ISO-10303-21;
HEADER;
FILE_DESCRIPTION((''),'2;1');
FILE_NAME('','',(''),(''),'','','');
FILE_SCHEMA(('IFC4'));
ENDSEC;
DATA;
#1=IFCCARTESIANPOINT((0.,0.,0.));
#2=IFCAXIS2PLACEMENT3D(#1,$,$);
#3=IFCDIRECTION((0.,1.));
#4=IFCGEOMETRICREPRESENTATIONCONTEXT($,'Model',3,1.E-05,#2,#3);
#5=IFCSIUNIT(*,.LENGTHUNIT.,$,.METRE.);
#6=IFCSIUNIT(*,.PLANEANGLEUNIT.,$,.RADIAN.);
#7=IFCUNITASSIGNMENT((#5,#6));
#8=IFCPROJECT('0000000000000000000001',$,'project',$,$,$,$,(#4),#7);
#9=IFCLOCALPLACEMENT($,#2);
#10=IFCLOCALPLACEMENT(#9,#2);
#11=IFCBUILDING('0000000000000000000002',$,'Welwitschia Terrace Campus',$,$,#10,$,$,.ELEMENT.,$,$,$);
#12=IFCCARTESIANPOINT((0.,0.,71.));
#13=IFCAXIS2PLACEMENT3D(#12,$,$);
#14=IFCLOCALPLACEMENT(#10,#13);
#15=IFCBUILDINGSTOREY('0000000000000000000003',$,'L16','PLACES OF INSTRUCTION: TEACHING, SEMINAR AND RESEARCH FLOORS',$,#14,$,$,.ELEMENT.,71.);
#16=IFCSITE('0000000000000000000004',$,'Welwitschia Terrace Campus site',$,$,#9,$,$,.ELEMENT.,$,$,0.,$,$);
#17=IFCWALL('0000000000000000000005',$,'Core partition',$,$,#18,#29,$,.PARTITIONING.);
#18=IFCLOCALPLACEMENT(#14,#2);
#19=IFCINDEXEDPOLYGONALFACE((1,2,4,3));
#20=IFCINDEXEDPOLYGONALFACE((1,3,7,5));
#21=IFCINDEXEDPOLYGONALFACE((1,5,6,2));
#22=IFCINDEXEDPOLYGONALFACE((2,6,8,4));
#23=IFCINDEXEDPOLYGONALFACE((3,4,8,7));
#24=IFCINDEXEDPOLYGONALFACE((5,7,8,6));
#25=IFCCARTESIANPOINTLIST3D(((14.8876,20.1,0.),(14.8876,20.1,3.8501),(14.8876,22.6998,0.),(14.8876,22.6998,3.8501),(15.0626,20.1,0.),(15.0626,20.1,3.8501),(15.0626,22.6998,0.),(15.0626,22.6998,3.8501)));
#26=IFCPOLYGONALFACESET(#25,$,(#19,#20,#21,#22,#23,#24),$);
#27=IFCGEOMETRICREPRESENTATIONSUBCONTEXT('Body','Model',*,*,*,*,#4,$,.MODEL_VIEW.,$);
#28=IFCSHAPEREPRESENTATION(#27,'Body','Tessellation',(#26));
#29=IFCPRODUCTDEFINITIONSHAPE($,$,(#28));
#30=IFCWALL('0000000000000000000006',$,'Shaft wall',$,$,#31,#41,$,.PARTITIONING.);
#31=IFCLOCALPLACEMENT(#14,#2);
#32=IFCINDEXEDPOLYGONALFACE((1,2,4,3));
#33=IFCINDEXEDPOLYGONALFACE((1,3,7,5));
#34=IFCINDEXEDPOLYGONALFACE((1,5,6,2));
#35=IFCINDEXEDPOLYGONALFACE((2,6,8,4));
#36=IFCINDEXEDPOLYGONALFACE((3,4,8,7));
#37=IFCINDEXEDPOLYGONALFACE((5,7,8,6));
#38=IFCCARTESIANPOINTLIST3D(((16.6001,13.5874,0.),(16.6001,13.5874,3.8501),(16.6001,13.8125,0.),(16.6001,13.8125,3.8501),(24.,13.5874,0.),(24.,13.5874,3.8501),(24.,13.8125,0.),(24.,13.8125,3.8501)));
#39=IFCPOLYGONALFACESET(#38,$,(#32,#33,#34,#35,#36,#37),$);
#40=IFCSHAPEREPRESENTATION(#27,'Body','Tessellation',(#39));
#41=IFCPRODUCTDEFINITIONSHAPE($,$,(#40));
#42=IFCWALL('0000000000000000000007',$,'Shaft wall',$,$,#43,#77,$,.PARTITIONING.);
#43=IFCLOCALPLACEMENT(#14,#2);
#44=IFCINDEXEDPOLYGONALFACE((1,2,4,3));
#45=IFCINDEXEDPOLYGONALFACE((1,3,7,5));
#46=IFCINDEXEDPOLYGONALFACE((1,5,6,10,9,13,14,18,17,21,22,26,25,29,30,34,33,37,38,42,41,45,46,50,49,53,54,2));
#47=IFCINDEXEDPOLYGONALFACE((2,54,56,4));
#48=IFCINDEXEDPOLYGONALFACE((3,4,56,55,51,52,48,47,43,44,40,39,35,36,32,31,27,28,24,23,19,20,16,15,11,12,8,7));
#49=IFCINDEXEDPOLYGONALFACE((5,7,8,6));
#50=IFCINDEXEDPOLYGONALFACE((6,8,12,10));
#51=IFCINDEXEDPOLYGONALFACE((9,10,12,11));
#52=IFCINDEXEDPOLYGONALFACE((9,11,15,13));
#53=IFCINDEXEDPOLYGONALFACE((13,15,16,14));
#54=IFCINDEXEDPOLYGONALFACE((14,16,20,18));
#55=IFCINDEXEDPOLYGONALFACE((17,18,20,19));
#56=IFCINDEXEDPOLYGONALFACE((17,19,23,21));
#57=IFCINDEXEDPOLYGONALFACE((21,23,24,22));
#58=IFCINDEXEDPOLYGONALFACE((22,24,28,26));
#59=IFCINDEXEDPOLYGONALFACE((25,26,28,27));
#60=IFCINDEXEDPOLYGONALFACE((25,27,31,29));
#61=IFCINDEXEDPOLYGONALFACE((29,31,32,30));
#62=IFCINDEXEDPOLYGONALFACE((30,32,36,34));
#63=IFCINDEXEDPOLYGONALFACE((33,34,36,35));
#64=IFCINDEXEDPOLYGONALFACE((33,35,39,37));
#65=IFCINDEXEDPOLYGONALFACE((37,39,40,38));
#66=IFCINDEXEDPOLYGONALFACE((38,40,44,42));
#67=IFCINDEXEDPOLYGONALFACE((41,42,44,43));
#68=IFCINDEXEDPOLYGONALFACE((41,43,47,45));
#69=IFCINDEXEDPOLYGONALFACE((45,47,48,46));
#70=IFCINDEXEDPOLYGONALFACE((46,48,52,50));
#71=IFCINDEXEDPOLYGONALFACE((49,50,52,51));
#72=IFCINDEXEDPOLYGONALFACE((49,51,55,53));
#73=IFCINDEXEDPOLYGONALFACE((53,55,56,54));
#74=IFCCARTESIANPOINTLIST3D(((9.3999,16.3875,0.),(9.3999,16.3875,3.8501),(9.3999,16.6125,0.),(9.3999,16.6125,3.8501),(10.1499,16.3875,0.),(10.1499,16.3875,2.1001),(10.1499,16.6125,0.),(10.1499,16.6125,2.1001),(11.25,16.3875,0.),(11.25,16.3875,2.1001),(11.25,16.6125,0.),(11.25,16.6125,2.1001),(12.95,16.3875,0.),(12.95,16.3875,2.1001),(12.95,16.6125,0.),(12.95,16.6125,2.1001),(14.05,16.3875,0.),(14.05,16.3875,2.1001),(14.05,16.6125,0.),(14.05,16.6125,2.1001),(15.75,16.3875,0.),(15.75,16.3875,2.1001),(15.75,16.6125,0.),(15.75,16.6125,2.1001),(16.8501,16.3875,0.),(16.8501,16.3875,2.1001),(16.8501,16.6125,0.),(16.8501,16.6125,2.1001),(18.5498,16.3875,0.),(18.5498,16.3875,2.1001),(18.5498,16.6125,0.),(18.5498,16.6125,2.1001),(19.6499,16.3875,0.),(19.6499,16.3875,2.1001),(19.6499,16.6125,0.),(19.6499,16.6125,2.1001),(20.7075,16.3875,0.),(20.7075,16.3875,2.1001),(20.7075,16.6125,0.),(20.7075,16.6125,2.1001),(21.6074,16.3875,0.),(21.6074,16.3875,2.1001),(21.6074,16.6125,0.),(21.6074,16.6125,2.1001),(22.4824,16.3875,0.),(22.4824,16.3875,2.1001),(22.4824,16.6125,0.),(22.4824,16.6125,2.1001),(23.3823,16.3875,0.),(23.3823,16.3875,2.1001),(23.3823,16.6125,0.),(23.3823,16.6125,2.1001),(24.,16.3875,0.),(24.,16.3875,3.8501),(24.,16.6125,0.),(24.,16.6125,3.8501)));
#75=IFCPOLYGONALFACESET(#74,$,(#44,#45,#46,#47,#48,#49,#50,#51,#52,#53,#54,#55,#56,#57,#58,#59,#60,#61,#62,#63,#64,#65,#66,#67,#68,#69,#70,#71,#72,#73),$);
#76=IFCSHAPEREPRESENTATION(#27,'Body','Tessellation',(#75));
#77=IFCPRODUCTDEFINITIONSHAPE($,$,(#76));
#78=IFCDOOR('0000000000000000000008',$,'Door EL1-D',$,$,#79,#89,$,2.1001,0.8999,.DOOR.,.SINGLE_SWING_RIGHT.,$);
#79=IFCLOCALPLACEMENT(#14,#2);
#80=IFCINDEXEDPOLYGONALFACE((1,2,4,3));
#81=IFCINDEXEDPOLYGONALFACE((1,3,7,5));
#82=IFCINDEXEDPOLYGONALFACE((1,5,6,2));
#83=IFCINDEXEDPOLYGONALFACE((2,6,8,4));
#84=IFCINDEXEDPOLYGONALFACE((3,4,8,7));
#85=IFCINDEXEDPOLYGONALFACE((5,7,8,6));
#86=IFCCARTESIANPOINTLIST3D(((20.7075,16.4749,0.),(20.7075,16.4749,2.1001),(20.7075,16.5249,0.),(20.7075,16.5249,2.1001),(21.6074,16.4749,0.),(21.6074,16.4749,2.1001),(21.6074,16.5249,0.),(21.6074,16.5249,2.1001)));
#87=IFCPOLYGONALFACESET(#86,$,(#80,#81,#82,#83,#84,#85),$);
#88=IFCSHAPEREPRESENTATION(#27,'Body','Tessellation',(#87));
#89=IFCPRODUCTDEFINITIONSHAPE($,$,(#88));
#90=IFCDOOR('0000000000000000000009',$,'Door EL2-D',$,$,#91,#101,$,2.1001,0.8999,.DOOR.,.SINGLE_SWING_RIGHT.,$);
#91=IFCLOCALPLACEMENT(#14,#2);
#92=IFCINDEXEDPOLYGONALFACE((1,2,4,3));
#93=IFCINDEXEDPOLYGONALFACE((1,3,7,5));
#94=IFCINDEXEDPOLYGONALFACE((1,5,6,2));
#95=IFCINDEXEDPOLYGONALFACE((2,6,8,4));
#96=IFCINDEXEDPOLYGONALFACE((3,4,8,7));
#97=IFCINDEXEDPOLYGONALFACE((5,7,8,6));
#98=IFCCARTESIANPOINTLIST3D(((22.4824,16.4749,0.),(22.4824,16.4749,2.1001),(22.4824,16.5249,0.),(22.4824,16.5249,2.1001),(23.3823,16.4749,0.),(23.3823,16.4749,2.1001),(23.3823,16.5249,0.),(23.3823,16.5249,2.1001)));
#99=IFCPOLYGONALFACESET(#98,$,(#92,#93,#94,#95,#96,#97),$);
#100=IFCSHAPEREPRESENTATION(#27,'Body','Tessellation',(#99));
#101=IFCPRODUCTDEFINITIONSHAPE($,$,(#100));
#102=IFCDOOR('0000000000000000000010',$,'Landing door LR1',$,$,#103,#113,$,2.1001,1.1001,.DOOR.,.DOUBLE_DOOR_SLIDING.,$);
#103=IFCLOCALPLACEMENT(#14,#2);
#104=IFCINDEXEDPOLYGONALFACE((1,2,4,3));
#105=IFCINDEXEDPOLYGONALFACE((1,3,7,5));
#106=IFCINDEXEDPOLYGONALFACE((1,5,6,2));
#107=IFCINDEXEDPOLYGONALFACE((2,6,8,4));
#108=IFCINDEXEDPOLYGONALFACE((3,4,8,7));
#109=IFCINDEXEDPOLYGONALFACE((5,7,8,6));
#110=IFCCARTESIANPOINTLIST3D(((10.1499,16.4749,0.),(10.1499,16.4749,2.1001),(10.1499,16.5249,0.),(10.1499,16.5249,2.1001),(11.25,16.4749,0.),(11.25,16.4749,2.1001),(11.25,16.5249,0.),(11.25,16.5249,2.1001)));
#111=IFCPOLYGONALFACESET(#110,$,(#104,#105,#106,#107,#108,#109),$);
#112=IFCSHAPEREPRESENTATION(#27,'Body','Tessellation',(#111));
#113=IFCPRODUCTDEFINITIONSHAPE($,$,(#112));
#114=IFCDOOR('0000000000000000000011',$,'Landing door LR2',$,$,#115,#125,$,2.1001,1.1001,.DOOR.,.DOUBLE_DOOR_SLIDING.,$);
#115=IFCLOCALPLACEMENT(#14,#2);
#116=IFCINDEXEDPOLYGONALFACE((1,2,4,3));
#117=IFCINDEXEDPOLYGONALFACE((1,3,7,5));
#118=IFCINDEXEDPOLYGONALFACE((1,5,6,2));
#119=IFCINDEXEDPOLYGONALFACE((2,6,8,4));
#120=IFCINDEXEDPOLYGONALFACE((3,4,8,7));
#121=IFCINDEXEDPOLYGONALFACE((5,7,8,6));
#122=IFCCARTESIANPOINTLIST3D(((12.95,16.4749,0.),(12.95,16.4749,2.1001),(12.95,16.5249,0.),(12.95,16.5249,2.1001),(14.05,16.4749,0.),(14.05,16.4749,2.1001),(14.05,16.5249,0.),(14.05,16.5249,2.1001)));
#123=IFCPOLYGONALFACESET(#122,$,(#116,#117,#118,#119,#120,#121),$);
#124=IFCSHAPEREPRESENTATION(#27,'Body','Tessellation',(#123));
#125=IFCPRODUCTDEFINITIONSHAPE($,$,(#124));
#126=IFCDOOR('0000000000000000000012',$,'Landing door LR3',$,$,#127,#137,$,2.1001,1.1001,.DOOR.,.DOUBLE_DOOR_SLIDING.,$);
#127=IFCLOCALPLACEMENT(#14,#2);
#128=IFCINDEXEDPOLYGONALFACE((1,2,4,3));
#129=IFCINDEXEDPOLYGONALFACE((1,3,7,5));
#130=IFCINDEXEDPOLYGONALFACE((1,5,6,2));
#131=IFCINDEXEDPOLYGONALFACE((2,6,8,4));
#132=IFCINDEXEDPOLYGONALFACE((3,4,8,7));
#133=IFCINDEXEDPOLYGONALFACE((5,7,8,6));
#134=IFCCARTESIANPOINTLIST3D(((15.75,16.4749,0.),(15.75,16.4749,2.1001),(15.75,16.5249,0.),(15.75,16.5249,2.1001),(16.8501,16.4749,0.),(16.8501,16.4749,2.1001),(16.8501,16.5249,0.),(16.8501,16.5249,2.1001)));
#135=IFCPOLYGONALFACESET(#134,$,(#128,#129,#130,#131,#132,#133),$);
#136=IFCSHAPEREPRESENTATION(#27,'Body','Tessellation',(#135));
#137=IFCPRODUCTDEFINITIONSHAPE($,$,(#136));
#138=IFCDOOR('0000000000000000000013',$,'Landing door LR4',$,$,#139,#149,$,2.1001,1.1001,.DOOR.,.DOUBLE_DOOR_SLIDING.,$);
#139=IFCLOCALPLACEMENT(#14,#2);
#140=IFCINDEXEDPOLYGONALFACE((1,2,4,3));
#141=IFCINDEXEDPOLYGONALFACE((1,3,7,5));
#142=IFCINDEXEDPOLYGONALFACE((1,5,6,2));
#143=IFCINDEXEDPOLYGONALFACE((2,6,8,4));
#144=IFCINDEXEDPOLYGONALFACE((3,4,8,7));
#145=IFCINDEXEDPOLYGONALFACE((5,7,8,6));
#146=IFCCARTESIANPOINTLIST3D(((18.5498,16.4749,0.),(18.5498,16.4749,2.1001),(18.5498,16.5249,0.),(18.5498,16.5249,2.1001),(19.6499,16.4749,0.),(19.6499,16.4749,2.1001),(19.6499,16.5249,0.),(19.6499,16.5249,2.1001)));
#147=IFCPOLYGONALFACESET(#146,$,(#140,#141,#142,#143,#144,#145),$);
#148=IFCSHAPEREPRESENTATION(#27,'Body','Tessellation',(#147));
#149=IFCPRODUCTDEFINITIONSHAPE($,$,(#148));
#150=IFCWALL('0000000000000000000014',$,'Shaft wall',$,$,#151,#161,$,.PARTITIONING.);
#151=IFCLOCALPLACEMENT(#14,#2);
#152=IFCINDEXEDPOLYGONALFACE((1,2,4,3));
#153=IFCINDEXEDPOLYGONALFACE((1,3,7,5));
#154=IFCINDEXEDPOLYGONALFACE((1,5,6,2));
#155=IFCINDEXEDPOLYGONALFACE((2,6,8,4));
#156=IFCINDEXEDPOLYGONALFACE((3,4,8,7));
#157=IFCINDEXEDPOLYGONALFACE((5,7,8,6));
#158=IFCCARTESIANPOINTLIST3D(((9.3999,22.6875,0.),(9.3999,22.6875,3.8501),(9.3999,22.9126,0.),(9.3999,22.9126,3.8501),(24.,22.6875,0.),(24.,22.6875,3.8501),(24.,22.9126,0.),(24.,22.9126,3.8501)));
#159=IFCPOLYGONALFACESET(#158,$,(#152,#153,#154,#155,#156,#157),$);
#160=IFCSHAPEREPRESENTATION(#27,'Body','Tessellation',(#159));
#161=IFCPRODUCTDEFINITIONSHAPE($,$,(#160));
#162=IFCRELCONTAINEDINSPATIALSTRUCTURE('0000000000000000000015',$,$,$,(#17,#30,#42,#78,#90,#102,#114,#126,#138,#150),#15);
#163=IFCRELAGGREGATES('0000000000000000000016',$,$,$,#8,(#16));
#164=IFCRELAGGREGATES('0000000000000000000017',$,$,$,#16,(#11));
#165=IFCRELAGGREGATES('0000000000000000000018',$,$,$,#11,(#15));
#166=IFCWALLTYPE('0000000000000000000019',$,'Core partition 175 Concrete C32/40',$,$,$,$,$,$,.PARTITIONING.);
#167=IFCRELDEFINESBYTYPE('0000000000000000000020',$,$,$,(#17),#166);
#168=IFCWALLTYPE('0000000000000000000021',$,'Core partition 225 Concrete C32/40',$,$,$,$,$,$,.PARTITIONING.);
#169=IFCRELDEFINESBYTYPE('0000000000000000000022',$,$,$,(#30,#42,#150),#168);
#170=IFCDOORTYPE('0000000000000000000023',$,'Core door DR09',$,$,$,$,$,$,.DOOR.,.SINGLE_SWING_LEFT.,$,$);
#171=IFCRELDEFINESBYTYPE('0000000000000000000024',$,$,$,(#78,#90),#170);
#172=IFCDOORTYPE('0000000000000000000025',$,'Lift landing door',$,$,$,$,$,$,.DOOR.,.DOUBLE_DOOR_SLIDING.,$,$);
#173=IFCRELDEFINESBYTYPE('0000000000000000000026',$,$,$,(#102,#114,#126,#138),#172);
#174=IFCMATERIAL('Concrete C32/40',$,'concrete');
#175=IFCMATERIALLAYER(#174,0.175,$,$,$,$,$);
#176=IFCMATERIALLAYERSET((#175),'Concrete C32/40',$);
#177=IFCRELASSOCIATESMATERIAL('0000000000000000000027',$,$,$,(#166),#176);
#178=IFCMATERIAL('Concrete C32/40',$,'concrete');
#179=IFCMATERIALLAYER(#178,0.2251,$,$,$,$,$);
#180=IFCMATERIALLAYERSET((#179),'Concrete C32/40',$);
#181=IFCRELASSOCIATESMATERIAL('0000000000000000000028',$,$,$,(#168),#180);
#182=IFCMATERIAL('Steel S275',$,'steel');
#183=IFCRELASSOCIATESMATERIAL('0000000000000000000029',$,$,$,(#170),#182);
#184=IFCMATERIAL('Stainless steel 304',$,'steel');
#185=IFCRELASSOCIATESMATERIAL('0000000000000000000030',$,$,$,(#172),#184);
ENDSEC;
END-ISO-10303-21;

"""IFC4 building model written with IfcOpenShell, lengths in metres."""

from ifc_helpers import new_model, si_unit, direction, frame, frame_2d, origin, place, context, subcontext, project, spatial, rectangle, extrude, material, layer, layer_set, type_object, element, fill, save


model = new_model("IFC4")

# Units and contexts
model_context = context("Model", 3, precision=1e-05, world=origin(), true_north=direction((0.0, 1.0)))
body_context = subcontext(model_context, "Body", "Model", "MODEL_VIEW")
ifc_project = project(units=[si_unit("LENGTHUNIT", "METRE"), si_unit("PLANEANGLEUNIT", "RADIAN")], contexts=[model_context])

# Site, building, storey
site_placement = place(None, origin())
site = spatial("IfcSite", under=ifc_project, at=site_placement, Name="Welwitschia Terrace Campus site", CompositionType="ELEMENT", RefElevation=0.0)
building_placement = place(site_placement, origin())
building = spatial("IfcBuilding", under=site, at=building_placement, Name="Welwitschia Terrace Campus", CompositionType="ELEMENT")
storey_placement = place(building_placement, frame((0.0, 0.0, 71.0)))
storey = spatial("IfcBuildingStorey", under=building, at=storey_placement, Name="L16", Description="PLACES OF INSTRUCTION: TEACHING, SEMINAR AND RESEARCH FLOORS", CompositionType="ELEMENT", Elevation=71.0)

# Walls
ifc_material_1 = material(Name="Concrete C32/40", Category="concrete")
ifc_layer_1 = layer(ifc_material_1, 0.175)
ifc_layer_set_1 = layer_set([ifc_layer_1], Name="Concrete C32/40")
wall_type_1 = type_object("IfcWallType", Name="Core partition 175 Concrete C32/40", PredefinedType="PARTITIONING", material=ifc_layer_set_1)
wall_1_placement = place(storey_placement, frame((14.9751, 20.1001, 0.0), z_axis=(0.0, 0.0, 1.0), x_axis=(0.0, 1.0, 0.0)))
element("IfcWall", 1, at=wall_1_placement, inside=storey, type_object=wall_type_1, Name="Core partition", PredefinedType="PARTITIONING", context=body_context, shape_type="SweptSolid", body=[
    extrude(rectangle(XDim=2.5999, YDim=0.175, at=frame_2d((1.2998, 0.0))), origin(), (0.0, 0.0, 1.0), 3.8501),
])
ifc_material_2 = material(Name="Concrete C32/40", Category="concrete")
ifc_layer_2 = layer(ifc_material_2, 0.2251)
ifc_layer_set_2 = layer_set([ifc_layer_2], Name="Concrete C32/40")
wall_type_2 = type_object("IfcWallType", Name="Core partition 225 Concrete C32/40", PredefinedType="PARTITIONING", material=ifc_layer_set_2)
wall_2_placement = place(storey_placement, frame((16.6001, 13.7, 0.0), z_axis=(0.0, 0.0, 1.0), x_axis=(1.0, 0.0, 0.0)))
element("IfcWall", 2, at=wall_2_placement, inside=storey, type_object=wall_type_2, Name="Shaft wall", PredefinedType="PARTITIONING", context=body_context, shape_type="SweptSolid", body=[
    extrude(rectangle(XDim=7.3999, YDim=0.2251, at=frame_2d((3.7, 0.0))), origin(), (0.0, 0.0, 1.0), 3.8501),
])

# Wall, openings, doors
wall_3_placement = place(storey_placement, frame((9.3999, 16.5, 0.0), z_axis=(0.0, 0.0, 1.0), x_axis=(1.0, 0.0, 0.0)))
wall_3 = element("IfcWall", 3, at=wall_3_placement, inside=storey, type_object=wall_type_2, Name="Shaft wall", PredefinedType="PARTITIONING", context=body_context, shape_type="SweptSolid", body=[
    extrude(rectangle(XDim=14.6001, YDim=0.2251, at=frame_2d((7.3, 0.0))), origin(), (0.0, 0.0, 1.0), 3.8501),
])
opening_1_placement = place(wall_3_placement, frame((0.75, 0.0, 0.0)))
opening_1 = element("IfcOpeningElement", 4, at=opening_1_placement, cuts=wall_3, PredefinedType="OPENING", context=body_context, shape_type="SweptSolid", body=[
    extrude(rectangle(XDim=1.1001, YDim=2.1001, at=frame_2d((0.55, 1.05))), frame((0.0, 0.1226, 0.0), z_axis=(0.0, -1.0, 0.0), x_axis=(1.0, 0.0, 0.0)), (0.0, 0.0, 1.0), 0.2451),
])
opening_2_placement = place(wall_3_placement, frame((3.55, 0.0, 0.0)))
opening_2 = element("IfcOpeningElement", 5, at=opening_2_placement, cuts=wall_3, PredefinedType="OPENING", context=body_context, shape_type="SweptSolid", body=[
    extrude(rectangle(XDim=1.1001, YDim=2.1001, at=frame_2d((0.55, 1.05))), frame((0.0, 0.1226, 0.0), z_axis=(0.0, -1.0, 0.0), x_axis=(1.0, 0.0, 0.0)), (0.0, 0.0, 1.0), 0.2451),
])
opening_3_placement = place(wall_3_placement, frame((6.3501, 0.0, 0.0)))
opening_3 = element("IfcOpeningElement", 6, at=opening_3_placement, cuts=wall_3, PredefinedType="OPENING", context=body_context, shape_type="SweptSolid", body=[
    extrude(rectangle(XDim=1.1001, YDim=2.1001, at=frame_2d((0.55, 1.05))), frame((0.0, 0.1226, 0.0), z_axis=(0.0, -1.0, 0.0), x_axis=(1.0, 0.0, 0.0)), (0.0, 0.0, 1.0), 0.2451),
])
opening_4_placement = place(wall_3_placement, frame((9.1499, 0.0, 0.0)))
opening_4 = element("IfcOpeningElement", 7, at=opening_4_placement, cuts=wall_3, PredefinedType="OPENING", context=body_context, shape_type="SweptSolid", body=[
    extrude(rectangle(XDim=1.1001, YDim=2.1001, at=frame_2d((0.55, 1.05))), frame((0.0, 0.1226, 0.0), z_axis=(0.0, -1.0, 0.0), x_axis=(1.0, 0.0, 0.0)), (0.0, 0.0, 1.0), 0.2451),
])
opening_5_placement = place(wall_3_placement, frame((11.3076, 0.0, 0.0)))
opening_5 = element("IfcOpeningElement", 8, at=opening_5_placement, cuts=wall_3, PredefinedType="OPENING", context=body_context, shape_type="SweptSolid", body=[
    extrude(rectangle(XDim=0.8999, YDim=2.1001, at=frame_2d((0.45, 1.05))), frame((0.0, 0.1226, 0.0), z_axis=(0.0, -1.0, 0.0), x_axis=(1.0, 0.0, 0.0)), (0.0, 0.0, 1.0), 0.2451),
])
opening_6_placement = place(wall_3_placement, frame((13.0825, 0.0, 0.0)))
opening_6 = element("IfcOpeningElement", 9, at=opening_6_placement, cuts=wall_3, PredefinedType="OPENING", context=body_context, shape_type="SweptSolid", body=[
    extrude(rectangle(XDim=0.8999, YDim=2.1001, at=frame_2d((0.45, 1.05))), frame((0.0, 0.1226, 0.0), z_axis=(0.0, -1.0, 0.0), x_axis=(1.0, 0.0, 0.0)), (0.0, 0.0, 1.0), 0.2451),
])
ifc_material_3 = material(Name="Steel S275", Category="steel")
door_type_1 = type_object("IfcDoorType", Name="Core door DR09", OperationType="SINGLE_SWING_LEFT", PredefinedType="DOOR", material=ifc_material_3)
door_1_placement = place(opening_5_placement, origin())
door_1 = element("IfcDoor", 10, at=door_1_placement, inside=storey, type_object=door_type_1, Name="Door EL1-D", OperationType="SINGLE_SWING_RIGHT", OverallHeight=2.1001, OverallWidth=0.8999, PredefinedType="DOOR", context=body_context, shape_type="SweptSolid", body=[
    extrude(rectangle(XDim=0.8999, YDim=2.1001, at=frame_2d((0.45, 1.05))), frame((0.0, 0.0249, 0.0), z_axis=(0.0, -1.0, 0.0), x_axis=(1.0, 0.0, 0.0)), (0.0, 0.0, 1.0), 0.05),
])
fill(opening_5, door_1)
door_2_placement = place(opening_6_placement, origin())
door_2 = element("IfcDoor", 11, at=door_2_placement, inside=storey, type_object=door_type_1, Name="Door EL2-D", OperationType="SINGLE_SWING_RIGHT", OverallHeight=2.1001, OverallWidth=0.8999, PredefinedType="DOOR", context=body_context, shape_type="SweptSolid", body=[
    extrude(rectangle(XDim=0.8999, YDim=2.1001, at=frame_2d((0.45, 1.05))), frame((0.0, 0.0249, 0.0), z_axis=(0.0, -1.0, 0.0), x_axis=(1.0, 0.0, 0.0)), (0.0, 0.0, 1.0), 0.05),
])
fill(opening_6, door_2)
ifc_material_4 = material(Name="Stainless steel 304", Category="steel")
door_type_2 = type_object("IfcDoorType", Name="Lift landing door", OperationType="DOUBLE_DOOR_SLIDING", PredefinedType="DOOR", material=ifc_material_4)
door_3_placement = place(opening_1_placement, origin())
door_3 = element("IfcDoor", 12, at=door_3_placement, inside=storey, type_object=door_type_2, Name="Landing door LR1", OperationType="DOUBLE_DOOR_SLIDING", OverallHeight=2.1001, OverallWidth=1.1001, PredefinedType="DOOR", context=body_context, shape_type="SweptSolid", body=[
    extrude(rectangle(XDim=1.1001, YDim=2.1001, at=frame_2d((0.55, 1.05))), frame((0.0, 0.0249, 0.0), z_axis=(0.0, -1.0, 0.0), x_axis=(1.0, 0.0, 0.0)), (0.0, 0.0, 1.0), 0.05),
])
fill(opening_1, door_3)
door_4_placement = place(opening_2_placement, origin())
door_4 = element("IfcDoor", 13, at=door_4_placement, inside=storey, type_object=door_type_2, Name="Landing door LR2", OperationType="DOUBLE_DOOR_SLIDING", OverallHeight=2.1001, OverallWidth=1.1001, PredefinedType="DOOR", context=body_context, shape_type="SweptSolid", body=[
    extrude(rectangle(XDim=1.1001, YDim=2.1001, at=frame_2d((0.55, 1.05))), frame((0.0, 0.0249, 0.0), z_axis=(0.0, -1.0, 0.0), x_axis=(1.0, 0.0, 0.0)), (0.0, 0.0, 1.0), 0.05),
])
fill(opening_2, door_4)
door_5_placement = place(opening_3_placement, origin())
door_5 = element("IfcDoor", 14, at=door_5_placement, inside=storey, type_object=door_type_2, Name="Landing door LR3", OperationType="DOUBLE_DOOR_SLIDING", OverallHeight=2.1001, OverallWidth=1.1001, PredefinedType="DOOR", context=body_context, shape_type="SweptSolid", body=[
    extrude(rectangle(XDim=1.1001, YDim=2.1001, at=frame_2d((0.55, 1.05))), frame((0.0, 0.0249, 0.0), z_axis=(0.0, -1.0, 0.0), x_axis=(1.0, 0.0, 0.0)), (0.0, 0.0, 1.0), 0.05),
])
fill(opening_3, door_5)
door_6_placement = place(opening_4_placement, origin())
door_6 = element("IfcDoor", 15, at=door_6_placement, inside=storey, type_object=door_type_2, Name="Landing door LR4", OperationType="DOUBLE_DOOR_SLIDING", OverallHeight=2.1001, OverallWidth=1.1001, PredefinedType="DOOR", context=body_context, shape_type="SweptSolid", body=[
    extrude(rectangle(XDim=1.1001, YDim=2.1001, at=frame_2d((0.55, 1.05))), frame((0.0, 0.0249, 0.0), z_axis=(0.0, -1.0, 0.0), x_axis=(1.0, 0.0, 0.0)), (0.0, 0.0, 1.0), 0.05),
])
fill(opening_4, door_6)

# Wall
wall_4_placement = place(storey_placement, frame((9.3999, 22.8, 0.0), z_axis=(0.0, 0.0, 1.0), x_axis=(1.0, 0.0, 0.0)))
element("IfcWall", 16, at=wall_4_placement, inside=storey, type_object=wall_type_2, Name="Shaft wall", PredefinedType="PARTITIONING", context=body_context, shape_type="SweptSolid", body=[
    extrude(rectangle(XDim=14.6001, YDim=0.2251, at=frame_2d((7.3, 0.0))), origin(), (0.0, 0.0, 1.0), 3.8501),
])

save(model, "model.ifc")
